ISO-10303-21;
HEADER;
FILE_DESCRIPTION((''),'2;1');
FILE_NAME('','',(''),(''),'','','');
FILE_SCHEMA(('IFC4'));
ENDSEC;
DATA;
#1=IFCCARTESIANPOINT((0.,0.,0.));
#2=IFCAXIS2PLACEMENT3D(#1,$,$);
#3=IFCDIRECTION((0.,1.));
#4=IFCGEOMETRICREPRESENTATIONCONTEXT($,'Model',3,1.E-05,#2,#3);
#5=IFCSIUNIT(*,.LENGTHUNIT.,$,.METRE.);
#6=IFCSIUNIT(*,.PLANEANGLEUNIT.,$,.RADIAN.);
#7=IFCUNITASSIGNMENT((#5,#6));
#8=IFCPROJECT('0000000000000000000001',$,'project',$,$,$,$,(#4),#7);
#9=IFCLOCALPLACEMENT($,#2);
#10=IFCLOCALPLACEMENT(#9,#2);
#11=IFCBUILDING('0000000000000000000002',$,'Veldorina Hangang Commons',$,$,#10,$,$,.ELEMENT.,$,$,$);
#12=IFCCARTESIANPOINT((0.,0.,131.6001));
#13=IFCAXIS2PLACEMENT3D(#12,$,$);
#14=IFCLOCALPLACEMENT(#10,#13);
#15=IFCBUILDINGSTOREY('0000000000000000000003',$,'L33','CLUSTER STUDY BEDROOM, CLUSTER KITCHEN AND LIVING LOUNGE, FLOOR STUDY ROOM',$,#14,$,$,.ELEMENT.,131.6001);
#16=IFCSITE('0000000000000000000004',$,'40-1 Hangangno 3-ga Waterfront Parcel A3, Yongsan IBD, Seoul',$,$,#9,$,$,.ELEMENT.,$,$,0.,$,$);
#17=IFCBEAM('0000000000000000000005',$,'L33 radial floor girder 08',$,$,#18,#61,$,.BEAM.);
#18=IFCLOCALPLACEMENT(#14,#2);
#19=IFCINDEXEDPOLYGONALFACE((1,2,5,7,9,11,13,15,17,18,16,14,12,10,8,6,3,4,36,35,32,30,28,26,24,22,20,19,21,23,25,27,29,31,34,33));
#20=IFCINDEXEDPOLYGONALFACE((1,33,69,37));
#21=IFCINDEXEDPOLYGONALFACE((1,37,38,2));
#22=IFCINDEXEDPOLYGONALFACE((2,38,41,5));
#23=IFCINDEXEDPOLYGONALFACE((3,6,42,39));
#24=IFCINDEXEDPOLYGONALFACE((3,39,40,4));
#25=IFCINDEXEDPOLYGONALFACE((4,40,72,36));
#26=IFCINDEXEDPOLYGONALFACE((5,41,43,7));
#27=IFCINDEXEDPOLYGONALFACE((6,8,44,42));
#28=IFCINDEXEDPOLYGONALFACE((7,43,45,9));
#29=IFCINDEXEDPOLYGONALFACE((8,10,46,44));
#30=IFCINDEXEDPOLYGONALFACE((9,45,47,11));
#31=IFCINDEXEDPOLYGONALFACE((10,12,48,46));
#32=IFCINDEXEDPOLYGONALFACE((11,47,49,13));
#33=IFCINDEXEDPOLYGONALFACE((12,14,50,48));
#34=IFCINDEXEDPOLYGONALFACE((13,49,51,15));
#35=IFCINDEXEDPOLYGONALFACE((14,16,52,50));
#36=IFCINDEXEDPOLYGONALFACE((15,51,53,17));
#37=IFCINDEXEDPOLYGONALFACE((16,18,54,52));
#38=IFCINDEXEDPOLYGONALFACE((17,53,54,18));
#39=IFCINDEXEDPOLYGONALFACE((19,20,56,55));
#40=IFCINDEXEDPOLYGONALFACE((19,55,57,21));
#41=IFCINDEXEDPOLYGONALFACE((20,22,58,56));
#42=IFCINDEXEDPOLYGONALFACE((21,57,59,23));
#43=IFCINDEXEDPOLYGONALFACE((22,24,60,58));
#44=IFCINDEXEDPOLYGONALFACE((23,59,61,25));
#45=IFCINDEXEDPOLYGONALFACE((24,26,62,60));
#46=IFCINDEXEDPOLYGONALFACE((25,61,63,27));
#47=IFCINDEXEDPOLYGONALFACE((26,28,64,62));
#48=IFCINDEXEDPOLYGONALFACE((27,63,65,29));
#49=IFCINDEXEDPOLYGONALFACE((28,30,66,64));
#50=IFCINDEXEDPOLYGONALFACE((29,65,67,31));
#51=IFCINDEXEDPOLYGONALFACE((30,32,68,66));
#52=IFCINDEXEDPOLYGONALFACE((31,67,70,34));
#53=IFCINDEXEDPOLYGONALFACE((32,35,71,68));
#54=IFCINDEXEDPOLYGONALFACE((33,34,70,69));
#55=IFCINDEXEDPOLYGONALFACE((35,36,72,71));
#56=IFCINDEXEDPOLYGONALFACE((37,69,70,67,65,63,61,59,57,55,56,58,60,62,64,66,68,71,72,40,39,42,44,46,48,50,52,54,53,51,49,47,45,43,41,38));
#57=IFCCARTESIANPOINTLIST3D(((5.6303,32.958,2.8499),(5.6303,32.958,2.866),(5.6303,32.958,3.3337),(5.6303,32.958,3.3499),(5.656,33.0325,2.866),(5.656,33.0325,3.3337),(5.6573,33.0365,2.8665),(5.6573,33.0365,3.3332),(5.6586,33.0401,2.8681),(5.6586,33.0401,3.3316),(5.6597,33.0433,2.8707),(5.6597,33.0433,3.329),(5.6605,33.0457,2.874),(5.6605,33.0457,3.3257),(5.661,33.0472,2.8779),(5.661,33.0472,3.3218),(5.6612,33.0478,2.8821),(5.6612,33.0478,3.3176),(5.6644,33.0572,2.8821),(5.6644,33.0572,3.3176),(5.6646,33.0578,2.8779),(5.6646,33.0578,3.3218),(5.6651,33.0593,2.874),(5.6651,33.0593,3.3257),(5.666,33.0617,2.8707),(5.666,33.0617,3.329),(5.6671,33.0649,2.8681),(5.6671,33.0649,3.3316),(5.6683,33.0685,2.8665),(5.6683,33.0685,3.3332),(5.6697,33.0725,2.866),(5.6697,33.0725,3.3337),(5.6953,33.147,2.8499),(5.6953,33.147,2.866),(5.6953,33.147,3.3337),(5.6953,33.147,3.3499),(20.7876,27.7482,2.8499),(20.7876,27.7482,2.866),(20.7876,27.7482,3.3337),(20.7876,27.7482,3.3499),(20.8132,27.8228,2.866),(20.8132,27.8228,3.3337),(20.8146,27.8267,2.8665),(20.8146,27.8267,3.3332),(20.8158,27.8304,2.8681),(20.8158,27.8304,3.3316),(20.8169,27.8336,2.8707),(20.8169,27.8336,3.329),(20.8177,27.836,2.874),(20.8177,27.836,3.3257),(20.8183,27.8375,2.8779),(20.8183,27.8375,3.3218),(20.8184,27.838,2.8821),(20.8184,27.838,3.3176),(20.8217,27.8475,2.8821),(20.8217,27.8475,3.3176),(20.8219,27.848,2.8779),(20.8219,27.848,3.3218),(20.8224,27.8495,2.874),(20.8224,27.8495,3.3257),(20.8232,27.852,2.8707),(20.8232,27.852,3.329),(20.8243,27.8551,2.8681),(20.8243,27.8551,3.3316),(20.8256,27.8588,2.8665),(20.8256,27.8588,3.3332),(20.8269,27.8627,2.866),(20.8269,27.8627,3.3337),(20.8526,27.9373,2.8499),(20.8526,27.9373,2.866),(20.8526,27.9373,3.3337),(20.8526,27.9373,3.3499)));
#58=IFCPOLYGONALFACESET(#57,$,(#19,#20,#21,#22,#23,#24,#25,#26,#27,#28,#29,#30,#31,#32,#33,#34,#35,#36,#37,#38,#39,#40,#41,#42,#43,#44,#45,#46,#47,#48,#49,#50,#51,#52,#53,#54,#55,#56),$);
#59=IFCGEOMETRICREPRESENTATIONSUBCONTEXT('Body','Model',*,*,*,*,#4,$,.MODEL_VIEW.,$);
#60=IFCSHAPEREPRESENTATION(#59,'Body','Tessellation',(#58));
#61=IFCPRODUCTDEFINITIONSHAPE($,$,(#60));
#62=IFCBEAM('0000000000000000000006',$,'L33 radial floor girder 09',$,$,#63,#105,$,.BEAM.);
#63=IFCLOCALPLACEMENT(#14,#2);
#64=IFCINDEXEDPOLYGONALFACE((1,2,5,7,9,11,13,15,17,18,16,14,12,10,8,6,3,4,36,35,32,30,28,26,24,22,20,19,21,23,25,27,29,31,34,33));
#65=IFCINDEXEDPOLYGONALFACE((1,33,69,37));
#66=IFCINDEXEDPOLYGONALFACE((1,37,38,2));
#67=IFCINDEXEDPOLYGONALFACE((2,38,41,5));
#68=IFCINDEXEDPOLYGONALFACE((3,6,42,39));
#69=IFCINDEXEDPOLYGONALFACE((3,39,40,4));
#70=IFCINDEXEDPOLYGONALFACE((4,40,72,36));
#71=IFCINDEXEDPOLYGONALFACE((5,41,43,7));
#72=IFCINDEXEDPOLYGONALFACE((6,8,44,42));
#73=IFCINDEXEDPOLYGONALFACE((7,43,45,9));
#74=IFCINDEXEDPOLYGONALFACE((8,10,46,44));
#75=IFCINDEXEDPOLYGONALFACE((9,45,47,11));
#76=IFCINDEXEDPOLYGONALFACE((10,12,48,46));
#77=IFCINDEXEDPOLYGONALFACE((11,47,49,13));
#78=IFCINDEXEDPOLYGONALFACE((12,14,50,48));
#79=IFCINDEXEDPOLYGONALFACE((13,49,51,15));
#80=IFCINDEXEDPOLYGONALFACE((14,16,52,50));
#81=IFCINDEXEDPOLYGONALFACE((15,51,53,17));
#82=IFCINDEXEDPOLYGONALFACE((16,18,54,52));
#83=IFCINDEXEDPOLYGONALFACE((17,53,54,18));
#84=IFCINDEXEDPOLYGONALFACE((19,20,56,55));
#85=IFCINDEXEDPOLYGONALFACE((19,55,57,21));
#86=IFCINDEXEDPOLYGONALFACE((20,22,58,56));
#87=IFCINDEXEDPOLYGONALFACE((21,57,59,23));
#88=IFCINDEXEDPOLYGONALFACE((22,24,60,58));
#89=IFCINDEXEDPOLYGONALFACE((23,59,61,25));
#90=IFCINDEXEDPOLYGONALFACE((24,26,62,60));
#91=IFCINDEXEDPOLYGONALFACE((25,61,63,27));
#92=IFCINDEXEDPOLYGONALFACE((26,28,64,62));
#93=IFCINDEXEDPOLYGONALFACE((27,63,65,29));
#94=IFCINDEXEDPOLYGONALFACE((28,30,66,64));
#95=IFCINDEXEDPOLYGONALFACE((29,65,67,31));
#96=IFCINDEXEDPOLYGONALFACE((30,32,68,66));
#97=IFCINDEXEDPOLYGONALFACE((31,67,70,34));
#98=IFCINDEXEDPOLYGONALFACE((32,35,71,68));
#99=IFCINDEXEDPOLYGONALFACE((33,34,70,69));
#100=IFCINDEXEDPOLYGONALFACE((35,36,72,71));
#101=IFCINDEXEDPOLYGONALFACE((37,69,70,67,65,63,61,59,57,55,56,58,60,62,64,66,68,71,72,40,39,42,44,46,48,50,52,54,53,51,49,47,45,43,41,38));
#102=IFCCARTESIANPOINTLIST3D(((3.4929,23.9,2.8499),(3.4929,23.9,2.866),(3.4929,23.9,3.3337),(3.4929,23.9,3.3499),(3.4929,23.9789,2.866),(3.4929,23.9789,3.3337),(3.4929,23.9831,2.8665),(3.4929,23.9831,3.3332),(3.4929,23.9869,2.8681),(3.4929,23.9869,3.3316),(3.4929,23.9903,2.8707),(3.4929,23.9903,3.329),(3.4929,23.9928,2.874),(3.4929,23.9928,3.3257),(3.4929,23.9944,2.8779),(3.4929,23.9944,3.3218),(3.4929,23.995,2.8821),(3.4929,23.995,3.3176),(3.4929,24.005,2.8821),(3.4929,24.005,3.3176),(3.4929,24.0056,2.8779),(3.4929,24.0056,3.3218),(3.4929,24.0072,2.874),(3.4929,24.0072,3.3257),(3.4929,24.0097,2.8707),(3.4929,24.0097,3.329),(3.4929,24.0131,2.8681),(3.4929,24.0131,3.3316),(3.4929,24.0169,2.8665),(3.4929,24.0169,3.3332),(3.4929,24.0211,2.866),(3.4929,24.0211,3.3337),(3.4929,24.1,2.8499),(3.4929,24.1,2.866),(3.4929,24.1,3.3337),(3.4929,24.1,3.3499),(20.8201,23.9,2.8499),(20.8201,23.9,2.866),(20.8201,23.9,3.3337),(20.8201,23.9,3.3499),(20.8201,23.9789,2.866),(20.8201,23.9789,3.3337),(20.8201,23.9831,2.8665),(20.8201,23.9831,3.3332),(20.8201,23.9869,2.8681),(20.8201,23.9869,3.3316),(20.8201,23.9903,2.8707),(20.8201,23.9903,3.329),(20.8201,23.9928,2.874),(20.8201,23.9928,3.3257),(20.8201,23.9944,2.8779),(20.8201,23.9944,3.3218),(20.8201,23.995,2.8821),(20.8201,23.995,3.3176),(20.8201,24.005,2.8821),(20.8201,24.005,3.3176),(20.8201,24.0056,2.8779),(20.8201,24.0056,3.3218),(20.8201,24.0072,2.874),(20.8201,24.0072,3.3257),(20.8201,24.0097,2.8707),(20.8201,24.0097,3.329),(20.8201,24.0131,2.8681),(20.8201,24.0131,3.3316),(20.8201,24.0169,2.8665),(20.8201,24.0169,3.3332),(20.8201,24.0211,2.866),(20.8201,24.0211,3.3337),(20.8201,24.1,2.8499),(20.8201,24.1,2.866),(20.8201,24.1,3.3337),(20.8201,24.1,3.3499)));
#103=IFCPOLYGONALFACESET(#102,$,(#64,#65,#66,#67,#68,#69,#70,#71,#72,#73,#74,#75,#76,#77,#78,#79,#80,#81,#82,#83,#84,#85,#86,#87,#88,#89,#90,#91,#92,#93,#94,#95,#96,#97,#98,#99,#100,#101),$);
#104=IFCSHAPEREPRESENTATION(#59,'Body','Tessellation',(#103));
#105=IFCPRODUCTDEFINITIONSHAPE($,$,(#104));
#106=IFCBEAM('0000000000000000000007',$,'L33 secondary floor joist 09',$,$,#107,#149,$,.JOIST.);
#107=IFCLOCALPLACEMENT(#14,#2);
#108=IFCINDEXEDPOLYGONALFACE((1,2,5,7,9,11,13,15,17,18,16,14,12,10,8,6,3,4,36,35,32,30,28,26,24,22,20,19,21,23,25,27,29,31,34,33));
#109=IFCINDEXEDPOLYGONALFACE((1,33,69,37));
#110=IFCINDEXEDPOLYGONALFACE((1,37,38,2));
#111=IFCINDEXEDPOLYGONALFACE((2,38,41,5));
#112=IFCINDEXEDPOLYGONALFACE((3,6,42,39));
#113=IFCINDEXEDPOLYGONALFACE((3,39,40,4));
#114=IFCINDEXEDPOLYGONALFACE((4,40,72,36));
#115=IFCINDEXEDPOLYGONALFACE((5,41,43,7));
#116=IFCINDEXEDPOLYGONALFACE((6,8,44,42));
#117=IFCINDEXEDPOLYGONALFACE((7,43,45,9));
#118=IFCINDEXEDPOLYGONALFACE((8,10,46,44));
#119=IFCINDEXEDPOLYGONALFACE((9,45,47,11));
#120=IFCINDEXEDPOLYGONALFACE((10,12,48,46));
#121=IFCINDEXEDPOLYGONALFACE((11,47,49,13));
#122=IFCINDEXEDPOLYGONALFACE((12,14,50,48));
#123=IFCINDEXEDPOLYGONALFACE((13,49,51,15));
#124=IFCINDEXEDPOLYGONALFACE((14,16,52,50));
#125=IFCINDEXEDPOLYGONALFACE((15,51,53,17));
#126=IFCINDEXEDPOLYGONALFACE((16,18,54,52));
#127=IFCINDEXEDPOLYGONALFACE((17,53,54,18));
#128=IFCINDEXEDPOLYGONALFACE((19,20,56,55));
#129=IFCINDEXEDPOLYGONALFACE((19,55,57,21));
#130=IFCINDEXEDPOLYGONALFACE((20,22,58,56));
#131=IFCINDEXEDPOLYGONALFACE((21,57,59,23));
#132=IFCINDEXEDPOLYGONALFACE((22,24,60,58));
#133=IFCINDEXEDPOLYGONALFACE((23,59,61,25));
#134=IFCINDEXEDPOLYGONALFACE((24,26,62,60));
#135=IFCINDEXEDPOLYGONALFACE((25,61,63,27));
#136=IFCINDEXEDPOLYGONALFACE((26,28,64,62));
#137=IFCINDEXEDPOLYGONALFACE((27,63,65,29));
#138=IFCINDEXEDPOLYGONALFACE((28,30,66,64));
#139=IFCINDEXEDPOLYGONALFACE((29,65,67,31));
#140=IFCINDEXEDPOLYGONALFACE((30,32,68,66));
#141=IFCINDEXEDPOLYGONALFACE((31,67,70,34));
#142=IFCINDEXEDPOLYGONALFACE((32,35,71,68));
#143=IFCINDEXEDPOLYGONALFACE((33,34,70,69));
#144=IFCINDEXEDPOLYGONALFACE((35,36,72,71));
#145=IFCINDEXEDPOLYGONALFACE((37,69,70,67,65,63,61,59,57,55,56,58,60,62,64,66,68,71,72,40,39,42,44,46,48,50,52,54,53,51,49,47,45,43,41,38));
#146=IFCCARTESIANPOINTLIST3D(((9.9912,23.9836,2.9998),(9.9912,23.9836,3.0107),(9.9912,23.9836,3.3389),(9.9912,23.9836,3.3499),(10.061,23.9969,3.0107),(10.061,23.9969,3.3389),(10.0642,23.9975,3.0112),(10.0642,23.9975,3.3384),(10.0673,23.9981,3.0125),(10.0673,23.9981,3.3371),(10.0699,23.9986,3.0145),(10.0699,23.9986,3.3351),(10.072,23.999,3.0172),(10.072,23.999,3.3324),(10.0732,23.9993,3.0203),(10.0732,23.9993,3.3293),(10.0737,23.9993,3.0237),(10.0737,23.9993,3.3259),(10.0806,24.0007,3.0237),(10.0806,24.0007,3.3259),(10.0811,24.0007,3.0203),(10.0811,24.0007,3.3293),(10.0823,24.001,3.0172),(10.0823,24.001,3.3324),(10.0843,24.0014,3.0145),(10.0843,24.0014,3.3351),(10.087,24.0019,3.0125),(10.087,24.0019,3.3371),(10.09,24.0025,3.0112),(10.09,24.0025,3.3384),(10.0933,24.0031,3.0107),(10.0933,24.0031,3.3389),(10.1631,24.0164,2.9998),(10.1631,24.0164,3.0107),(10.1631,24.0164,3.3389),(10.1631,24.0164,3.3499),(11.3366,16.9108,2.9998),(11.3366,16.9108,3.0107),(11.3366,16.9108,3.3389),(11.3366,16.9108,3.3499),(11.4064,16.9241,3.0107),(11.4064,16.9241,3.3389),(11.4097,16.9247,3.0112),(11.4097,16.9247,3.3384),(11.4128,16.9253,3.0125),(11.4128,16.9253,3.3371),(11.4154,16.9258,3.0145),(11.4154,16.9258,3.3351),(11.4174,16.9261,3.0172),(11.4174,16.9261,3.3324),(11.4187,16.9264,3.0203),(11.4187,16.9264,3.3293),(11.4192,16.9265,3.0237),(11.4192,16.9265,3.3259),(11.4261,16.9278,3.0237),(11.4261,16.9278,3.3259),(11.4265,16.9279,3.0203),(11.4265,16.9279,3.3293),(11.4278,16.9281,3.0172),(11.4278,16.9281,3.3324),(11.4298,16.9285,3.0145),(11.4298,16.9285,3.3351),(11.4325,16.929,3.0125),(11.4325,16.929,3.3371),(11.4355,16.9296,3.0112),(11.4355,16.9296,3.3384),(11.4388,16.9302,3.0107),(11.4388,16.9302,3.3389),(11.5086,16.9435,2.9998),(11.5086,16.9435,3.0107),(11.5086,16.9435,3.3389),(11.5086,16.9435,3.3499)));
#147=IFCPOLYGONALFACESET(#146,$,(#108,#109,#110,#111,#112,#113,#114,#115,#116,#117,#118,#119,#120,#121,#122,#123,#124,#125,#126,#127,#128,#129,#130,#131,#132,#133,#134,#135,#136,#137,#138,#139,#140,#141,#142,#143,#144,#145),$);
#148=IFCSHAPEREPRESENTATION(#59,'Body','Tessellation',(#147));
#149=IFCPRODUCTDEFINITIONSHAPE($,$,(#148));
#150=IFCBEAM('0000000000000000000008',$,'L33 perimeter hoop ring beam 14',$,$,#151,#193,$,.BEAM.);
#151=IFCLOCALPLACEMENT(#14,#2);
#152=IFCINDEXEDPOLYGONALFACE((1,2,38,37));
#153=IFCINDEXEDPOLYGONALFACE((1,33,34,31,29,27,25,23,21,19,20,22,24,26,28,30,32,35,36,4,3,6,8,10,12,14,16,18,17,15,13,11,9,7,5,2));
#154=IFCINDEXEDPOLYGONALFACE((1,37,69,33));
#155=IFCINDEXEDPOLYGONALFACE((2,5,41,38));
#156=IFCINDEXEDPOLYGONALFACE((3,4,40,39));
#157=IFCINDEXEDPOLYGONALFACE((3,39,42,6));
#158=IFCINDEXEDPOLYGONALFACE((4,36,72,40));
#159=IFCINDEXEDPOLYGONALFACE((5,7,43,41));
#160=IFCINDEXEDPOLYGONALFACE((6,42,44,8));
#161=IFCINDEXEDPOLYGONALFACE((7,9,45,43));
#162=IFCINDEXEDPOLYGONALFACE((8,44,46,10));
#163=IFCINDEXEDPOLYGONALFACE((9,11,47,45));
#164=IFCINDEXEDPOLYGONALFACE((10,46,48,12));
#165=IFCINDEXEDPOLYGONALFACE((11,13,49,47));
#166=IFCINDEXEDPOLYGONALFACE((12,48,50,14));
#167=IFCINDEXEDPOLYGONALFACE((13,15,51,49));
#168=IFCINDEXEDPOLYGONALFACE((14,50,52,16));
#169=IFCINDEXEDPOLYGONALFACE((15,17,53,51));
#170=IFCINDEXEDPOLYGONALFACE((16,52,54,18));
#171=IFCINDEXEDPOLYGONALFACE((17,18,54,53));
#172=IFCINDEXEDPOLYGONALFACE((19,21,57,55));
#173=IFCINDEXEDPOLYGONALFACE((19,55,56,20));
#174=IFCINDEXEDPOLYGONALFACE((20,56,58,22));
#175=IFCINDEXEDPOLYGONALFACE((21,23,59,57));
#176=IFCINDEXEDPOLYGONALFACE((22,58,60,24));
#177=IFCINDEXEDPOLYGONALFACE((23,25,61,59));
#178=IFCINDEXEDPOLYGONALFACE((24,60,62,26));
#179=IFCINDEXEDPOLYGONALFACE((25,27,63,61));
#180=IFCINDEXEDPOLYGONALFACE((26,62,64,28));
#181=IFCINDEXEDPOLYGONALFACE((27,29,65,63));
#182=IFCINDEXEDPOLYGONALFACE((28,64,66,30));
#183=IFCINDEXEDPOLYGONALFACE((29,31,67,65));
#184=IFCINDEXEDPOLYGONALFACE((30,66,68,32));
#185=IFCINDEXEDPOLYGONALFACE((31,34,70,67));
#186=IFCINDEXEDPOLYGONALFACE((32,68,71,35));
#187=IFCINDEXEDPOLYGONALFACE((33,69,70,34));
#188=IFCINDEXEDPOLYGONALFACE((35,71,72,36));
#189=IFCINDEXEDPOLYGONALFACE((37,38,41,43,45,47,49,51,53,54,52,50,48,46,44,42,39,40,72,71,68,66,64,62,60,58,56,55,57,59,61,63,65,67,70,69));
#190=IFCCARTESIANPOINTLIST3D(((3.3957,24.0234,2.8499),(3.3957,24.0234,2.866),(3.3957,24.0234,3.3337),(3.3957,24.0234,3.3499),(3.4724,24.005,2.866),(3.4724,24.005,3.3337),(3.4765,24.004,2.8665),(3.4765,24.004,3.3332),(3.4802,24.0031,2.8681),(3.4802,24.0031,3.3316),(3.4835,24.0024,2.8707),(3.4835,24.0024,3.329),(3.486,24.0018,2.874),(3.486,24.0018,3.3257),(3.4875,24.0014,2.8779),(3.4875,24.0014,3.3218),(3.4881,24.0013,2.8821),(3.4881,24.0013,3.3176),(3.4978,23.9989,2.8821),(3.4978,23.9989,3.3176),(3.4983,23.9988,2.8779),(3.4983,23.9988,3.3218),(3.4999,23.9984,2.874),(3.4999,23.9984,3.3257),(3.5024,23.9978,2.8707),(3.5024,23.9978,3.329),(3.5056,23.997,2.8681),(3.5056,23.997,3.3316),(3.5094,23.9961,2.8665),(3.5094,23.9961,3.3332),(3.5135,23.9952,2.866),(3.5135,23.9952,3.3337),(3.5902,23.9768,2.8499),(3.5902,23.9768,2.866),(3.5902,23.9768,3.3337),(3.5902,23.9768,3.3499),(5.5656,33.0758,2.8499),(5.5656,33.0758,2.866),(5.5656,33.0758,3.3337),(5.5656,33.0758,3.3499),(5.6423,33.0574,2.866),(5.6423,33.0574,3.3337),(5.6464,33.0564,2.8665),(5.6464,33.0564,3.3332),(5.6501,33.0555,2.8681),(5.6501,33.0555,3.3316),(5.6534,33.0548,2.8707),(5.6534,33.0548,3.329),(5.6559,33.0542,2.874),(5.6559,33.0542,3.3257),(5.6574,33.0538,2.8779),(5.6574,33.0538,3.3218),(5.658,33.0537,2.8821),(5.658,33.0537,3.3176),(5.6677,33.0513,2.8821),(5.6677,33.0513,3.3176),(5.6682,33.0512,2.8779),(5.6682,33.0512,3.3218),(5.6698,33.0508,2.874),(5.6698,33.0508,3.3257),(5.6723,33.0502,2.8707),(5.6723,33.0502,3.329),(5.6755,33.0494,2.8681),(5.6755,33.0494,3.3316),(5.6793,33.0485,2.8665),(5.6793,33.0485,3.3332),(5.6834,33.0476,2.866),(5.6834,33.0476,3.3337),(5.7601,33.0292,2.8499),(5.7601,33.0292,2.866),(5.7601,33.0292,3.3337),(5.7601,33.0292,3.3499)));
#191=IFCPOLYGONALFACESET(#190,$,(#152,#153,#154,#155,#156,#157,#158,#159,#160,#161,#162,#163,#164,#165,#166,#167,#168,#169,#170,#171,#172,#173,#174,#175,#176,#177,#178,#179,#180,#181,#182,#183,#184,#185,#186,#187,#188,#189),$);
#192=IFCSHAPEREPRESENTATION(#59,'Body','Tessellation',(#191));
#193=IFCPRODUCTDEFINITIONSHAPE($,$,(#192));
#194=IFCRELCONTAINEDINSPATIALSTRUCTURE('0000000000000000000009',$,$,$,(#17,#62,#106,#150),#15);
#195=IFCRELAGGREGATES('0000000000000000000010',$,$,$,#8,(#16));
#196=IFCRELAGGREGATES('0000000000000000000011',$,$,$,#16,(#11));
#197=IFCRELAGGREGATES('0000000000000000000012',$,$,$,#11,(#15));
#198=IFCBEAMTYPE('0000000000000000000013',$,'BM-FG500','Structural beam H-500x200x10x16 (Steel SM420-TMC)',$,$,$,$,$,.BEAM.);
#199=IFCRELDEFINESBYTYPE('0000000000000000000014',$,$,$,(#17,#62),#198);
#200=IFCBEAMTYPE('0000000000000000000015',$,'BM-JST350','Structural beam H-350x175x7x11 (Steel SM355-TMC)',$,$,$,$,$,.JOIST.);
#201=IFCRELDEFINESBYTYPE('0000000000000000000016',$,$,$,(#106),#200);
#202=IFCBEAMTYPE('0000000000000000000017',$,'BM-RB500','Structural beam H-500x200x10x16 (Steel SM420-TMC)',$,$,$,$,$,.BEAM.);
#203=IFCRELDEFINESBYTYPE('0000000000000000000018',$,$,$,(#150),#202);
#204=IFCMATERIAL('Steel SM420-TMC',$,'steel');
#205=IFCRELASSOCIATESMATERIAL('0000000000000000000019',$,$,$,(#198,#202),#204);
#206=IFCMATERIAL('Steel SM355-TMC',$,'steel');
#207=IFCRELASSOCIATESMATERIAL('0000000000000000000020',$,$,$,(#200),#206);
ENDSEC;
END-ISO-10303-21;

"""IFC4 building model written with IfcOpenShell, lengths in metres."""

from ifc_helpers import new_model, si_unit, direction, frame, origin, origin_2d, place, context, subcontext, project, spatial, i_section, extrude, material, material_profile, profile_set, type_object, element, save


model = new_model("IFC4")

# Units and contexts
model_context = context("Model", 3, precision=1e-05, world=origin(), true_north=direction((0.0, 1.0)))
body_context = subcontext(model_context, "Body", "Model", "MODEL_VIEW")
ifc_project = project(units=[si_unit("LENGTHUNIT", "METRE"), si_unit("PLANEANGLEUNIT", "RADIAN")], contexts=[model_context])

# Site, building, storey
site_placement = place(None, origin())
site = spatial("IfcSite", under=ifc_project, at=site_placement, Name="40-1 Hangangno 3-ga Waterfront Parcel A3, Yongsan IBD, Seoul", CompositionType="ELEMENT", RefElevation=0.0)
building_placement = place(site_placement, origin())
building = spatial("IfcBuilding", under=site, at=building_placement, Name="Veldorina Hangang Commons", CompositionType="ELEMENT")
storey_placement = place(building_placement, frame((0.0, 0.0, 131.6001)))
storey = spatial("IfcBuildingStorey", under=building, at=storey_placement, Name="L33", Description="CLUSTER STUDY BEDROOM, CLUSTER KITCHEN AND LIVING LOUNGE, FLOOR STUDY ROOM", CompositionType="ELEMENT", Elevation=131.6001)

# Beams
ifc_material_1 = material(Name="Steel SM420-TMC", Category="steel")
ifc_material_profile_1 = material_profile(ifc_material_1, i_section(OverallWidth=0.2, OverallDepth=0.5, WebThickness=0.01, FlangeThickness=0.0161, FilletRadius=0.0161, at=origin_2d()), Name="H-500x200x10x16")
ifc_profile_set_1 = profile_set([ifc_material_profile_1], Name="Steel SM420-TMC")
beam_type_1 = type_object("IfcBeamType", Name="BM-FG500", Description="Structural beam H-500x200x10x16 (Steel SM420-TMC)", PredefinedType="BEAM", material=ifc_profile_set_1)
beam_1_placement = place(storey_placement, frame((20.8201, 27.8428, 3.0999), z_axis=(-0.945698, 0.325047, 0.0), x_axis=(-0.325047, -0.945698, 0.0)))
element("IfcBeam", 1, at=beam_1_placement, inside=storey, type_object=beam_type_1, Name="L33 radial floor girder 08", PredefinedType="BEAM", context=body_context, shape_type="SweptSolid", body=[
    extrude(i_section(OverallWidth=0.2, OverallDepth=0.5, WebThickness=0.01, FlangeThickness=0.0161, FilletRadius=0.0161, at=origin_2d()), origin(), (0.0, 0.0, 1.0), 16.0276),
])
beam_2_placement = place(storey_placement, frame((20.8201, 24.0, 3.0999), z_axis=(-1.0, 0.0, 0.0), x_axis=(0.0, -1.0, 0.0)))
element("IfcBeam", 2, at=beam_2_placement, inside=storey, type_object=beam_type_1, Name="L33 radial floor girder 09", PredefinedType="BEAM", context=body_context, shape_type="SweptSolid", body=[
    extrude(i_section(OverallWidth=0.2, OverallDepth=0.5, WebThickness=0.01, FlangeThickness=0.0161, FilletRadius=0.0161, at=origin_2d()), origin(), (0.0, 0.0, 1.0), 17.3271),
])
ifc_material_2 = material(Name="Steel SM355-TMC", Category="steel")
ifc_material_profile_2 = material_profile(ifc_material_2, i_section(OverallWidth=0.175, OverallDepth=0.3501, WebThickness=0.0071, FlangeThickness=0.011, FilletRadius=0.0129, at=origin_2d()), Name="H-350x175x7x11")
ifc_profile_set_2 = profile_set([ifc_material_profile_2], Name="Steel SM355-TMC")
beam_type_2 = type_object("IfcBeamType", Name="BM-JST350", Description="Structural beam H-350x175x7x11 (Steel SM355-TMC)", PredefinedType="JOIST", material=ifc_profile_set_2)
beam_3_placement = place(storey_placement, frame((10.0771, 24.0, 3.1748), z_axis=(0.18688, -0.982383, 0.0), x_axis=(0.982383, 0.18688, 0.0)))
element("IfcBeam", 3, at=beam_3_placement, inside=storey, type_object=beam_type_2, Name="L33 secondary floor joist 09", PredefinedType="JOIST", context=body_context, shape_type="SweptSolid", body=[
    extrude(i_section(OverallWidth=0.175, OverallDepth=0.3501, WebThickness=0.0071, FlangeThickness=0.011, FilletRadius=0.0129, at=origin_2d()), origin(), (0.0, 0.0, 1.0), 7.1997),
])
ifc_material_profile_3 = material_profile(ifc_material_1, i_section(OverallWidth=0.2, OverallDepth=0.5, WebThickness=0.01, FlangeThickness=0.0161, FilletRadius=0.0161, at=origin_2d()), Name="H-500x200x10x16")
ifc_profile_set_3 = profile_set([ifc_material_profile_3], Name="Steel SM420-TMC")
beam_type_3 = type_object("IfcBeamType", Name="BM-RB500", Description="Structural beam H-500x200x10x16 (Steel SM420-TMC)", PredefinedType="BEAM", material=ifc_profile_set_3)
for number, where, z_axis, x_axis, name in (
    (4, (5.6628, 33.0525, 3.0999), (-0.233101, -0.972452, 0.0), (0.972452, -0.233101, 0.0), "L33 perimeter hoop ring beam 14"),
):
    element("IfcBeam", number, at=place(storey_placement, frame(where, z_axis=z_axis, x_axis=x_axis)), inside=storey, type_object=beam_type_3, Name=name, PredefinedType="BEAM", context=body_context, shape_type="SweptSolid", body=[
        extrude(i_section(OverallWidth=0.2, OverallDepth=0.5, WebThickness=0.01, FlangeThickness=0.0161, FilletRadius=0.0161, at=origin_2d()), origin(), (0.0, 0.0, 1.0), 9.3088),
    ])

save(model, "model.ifc")
